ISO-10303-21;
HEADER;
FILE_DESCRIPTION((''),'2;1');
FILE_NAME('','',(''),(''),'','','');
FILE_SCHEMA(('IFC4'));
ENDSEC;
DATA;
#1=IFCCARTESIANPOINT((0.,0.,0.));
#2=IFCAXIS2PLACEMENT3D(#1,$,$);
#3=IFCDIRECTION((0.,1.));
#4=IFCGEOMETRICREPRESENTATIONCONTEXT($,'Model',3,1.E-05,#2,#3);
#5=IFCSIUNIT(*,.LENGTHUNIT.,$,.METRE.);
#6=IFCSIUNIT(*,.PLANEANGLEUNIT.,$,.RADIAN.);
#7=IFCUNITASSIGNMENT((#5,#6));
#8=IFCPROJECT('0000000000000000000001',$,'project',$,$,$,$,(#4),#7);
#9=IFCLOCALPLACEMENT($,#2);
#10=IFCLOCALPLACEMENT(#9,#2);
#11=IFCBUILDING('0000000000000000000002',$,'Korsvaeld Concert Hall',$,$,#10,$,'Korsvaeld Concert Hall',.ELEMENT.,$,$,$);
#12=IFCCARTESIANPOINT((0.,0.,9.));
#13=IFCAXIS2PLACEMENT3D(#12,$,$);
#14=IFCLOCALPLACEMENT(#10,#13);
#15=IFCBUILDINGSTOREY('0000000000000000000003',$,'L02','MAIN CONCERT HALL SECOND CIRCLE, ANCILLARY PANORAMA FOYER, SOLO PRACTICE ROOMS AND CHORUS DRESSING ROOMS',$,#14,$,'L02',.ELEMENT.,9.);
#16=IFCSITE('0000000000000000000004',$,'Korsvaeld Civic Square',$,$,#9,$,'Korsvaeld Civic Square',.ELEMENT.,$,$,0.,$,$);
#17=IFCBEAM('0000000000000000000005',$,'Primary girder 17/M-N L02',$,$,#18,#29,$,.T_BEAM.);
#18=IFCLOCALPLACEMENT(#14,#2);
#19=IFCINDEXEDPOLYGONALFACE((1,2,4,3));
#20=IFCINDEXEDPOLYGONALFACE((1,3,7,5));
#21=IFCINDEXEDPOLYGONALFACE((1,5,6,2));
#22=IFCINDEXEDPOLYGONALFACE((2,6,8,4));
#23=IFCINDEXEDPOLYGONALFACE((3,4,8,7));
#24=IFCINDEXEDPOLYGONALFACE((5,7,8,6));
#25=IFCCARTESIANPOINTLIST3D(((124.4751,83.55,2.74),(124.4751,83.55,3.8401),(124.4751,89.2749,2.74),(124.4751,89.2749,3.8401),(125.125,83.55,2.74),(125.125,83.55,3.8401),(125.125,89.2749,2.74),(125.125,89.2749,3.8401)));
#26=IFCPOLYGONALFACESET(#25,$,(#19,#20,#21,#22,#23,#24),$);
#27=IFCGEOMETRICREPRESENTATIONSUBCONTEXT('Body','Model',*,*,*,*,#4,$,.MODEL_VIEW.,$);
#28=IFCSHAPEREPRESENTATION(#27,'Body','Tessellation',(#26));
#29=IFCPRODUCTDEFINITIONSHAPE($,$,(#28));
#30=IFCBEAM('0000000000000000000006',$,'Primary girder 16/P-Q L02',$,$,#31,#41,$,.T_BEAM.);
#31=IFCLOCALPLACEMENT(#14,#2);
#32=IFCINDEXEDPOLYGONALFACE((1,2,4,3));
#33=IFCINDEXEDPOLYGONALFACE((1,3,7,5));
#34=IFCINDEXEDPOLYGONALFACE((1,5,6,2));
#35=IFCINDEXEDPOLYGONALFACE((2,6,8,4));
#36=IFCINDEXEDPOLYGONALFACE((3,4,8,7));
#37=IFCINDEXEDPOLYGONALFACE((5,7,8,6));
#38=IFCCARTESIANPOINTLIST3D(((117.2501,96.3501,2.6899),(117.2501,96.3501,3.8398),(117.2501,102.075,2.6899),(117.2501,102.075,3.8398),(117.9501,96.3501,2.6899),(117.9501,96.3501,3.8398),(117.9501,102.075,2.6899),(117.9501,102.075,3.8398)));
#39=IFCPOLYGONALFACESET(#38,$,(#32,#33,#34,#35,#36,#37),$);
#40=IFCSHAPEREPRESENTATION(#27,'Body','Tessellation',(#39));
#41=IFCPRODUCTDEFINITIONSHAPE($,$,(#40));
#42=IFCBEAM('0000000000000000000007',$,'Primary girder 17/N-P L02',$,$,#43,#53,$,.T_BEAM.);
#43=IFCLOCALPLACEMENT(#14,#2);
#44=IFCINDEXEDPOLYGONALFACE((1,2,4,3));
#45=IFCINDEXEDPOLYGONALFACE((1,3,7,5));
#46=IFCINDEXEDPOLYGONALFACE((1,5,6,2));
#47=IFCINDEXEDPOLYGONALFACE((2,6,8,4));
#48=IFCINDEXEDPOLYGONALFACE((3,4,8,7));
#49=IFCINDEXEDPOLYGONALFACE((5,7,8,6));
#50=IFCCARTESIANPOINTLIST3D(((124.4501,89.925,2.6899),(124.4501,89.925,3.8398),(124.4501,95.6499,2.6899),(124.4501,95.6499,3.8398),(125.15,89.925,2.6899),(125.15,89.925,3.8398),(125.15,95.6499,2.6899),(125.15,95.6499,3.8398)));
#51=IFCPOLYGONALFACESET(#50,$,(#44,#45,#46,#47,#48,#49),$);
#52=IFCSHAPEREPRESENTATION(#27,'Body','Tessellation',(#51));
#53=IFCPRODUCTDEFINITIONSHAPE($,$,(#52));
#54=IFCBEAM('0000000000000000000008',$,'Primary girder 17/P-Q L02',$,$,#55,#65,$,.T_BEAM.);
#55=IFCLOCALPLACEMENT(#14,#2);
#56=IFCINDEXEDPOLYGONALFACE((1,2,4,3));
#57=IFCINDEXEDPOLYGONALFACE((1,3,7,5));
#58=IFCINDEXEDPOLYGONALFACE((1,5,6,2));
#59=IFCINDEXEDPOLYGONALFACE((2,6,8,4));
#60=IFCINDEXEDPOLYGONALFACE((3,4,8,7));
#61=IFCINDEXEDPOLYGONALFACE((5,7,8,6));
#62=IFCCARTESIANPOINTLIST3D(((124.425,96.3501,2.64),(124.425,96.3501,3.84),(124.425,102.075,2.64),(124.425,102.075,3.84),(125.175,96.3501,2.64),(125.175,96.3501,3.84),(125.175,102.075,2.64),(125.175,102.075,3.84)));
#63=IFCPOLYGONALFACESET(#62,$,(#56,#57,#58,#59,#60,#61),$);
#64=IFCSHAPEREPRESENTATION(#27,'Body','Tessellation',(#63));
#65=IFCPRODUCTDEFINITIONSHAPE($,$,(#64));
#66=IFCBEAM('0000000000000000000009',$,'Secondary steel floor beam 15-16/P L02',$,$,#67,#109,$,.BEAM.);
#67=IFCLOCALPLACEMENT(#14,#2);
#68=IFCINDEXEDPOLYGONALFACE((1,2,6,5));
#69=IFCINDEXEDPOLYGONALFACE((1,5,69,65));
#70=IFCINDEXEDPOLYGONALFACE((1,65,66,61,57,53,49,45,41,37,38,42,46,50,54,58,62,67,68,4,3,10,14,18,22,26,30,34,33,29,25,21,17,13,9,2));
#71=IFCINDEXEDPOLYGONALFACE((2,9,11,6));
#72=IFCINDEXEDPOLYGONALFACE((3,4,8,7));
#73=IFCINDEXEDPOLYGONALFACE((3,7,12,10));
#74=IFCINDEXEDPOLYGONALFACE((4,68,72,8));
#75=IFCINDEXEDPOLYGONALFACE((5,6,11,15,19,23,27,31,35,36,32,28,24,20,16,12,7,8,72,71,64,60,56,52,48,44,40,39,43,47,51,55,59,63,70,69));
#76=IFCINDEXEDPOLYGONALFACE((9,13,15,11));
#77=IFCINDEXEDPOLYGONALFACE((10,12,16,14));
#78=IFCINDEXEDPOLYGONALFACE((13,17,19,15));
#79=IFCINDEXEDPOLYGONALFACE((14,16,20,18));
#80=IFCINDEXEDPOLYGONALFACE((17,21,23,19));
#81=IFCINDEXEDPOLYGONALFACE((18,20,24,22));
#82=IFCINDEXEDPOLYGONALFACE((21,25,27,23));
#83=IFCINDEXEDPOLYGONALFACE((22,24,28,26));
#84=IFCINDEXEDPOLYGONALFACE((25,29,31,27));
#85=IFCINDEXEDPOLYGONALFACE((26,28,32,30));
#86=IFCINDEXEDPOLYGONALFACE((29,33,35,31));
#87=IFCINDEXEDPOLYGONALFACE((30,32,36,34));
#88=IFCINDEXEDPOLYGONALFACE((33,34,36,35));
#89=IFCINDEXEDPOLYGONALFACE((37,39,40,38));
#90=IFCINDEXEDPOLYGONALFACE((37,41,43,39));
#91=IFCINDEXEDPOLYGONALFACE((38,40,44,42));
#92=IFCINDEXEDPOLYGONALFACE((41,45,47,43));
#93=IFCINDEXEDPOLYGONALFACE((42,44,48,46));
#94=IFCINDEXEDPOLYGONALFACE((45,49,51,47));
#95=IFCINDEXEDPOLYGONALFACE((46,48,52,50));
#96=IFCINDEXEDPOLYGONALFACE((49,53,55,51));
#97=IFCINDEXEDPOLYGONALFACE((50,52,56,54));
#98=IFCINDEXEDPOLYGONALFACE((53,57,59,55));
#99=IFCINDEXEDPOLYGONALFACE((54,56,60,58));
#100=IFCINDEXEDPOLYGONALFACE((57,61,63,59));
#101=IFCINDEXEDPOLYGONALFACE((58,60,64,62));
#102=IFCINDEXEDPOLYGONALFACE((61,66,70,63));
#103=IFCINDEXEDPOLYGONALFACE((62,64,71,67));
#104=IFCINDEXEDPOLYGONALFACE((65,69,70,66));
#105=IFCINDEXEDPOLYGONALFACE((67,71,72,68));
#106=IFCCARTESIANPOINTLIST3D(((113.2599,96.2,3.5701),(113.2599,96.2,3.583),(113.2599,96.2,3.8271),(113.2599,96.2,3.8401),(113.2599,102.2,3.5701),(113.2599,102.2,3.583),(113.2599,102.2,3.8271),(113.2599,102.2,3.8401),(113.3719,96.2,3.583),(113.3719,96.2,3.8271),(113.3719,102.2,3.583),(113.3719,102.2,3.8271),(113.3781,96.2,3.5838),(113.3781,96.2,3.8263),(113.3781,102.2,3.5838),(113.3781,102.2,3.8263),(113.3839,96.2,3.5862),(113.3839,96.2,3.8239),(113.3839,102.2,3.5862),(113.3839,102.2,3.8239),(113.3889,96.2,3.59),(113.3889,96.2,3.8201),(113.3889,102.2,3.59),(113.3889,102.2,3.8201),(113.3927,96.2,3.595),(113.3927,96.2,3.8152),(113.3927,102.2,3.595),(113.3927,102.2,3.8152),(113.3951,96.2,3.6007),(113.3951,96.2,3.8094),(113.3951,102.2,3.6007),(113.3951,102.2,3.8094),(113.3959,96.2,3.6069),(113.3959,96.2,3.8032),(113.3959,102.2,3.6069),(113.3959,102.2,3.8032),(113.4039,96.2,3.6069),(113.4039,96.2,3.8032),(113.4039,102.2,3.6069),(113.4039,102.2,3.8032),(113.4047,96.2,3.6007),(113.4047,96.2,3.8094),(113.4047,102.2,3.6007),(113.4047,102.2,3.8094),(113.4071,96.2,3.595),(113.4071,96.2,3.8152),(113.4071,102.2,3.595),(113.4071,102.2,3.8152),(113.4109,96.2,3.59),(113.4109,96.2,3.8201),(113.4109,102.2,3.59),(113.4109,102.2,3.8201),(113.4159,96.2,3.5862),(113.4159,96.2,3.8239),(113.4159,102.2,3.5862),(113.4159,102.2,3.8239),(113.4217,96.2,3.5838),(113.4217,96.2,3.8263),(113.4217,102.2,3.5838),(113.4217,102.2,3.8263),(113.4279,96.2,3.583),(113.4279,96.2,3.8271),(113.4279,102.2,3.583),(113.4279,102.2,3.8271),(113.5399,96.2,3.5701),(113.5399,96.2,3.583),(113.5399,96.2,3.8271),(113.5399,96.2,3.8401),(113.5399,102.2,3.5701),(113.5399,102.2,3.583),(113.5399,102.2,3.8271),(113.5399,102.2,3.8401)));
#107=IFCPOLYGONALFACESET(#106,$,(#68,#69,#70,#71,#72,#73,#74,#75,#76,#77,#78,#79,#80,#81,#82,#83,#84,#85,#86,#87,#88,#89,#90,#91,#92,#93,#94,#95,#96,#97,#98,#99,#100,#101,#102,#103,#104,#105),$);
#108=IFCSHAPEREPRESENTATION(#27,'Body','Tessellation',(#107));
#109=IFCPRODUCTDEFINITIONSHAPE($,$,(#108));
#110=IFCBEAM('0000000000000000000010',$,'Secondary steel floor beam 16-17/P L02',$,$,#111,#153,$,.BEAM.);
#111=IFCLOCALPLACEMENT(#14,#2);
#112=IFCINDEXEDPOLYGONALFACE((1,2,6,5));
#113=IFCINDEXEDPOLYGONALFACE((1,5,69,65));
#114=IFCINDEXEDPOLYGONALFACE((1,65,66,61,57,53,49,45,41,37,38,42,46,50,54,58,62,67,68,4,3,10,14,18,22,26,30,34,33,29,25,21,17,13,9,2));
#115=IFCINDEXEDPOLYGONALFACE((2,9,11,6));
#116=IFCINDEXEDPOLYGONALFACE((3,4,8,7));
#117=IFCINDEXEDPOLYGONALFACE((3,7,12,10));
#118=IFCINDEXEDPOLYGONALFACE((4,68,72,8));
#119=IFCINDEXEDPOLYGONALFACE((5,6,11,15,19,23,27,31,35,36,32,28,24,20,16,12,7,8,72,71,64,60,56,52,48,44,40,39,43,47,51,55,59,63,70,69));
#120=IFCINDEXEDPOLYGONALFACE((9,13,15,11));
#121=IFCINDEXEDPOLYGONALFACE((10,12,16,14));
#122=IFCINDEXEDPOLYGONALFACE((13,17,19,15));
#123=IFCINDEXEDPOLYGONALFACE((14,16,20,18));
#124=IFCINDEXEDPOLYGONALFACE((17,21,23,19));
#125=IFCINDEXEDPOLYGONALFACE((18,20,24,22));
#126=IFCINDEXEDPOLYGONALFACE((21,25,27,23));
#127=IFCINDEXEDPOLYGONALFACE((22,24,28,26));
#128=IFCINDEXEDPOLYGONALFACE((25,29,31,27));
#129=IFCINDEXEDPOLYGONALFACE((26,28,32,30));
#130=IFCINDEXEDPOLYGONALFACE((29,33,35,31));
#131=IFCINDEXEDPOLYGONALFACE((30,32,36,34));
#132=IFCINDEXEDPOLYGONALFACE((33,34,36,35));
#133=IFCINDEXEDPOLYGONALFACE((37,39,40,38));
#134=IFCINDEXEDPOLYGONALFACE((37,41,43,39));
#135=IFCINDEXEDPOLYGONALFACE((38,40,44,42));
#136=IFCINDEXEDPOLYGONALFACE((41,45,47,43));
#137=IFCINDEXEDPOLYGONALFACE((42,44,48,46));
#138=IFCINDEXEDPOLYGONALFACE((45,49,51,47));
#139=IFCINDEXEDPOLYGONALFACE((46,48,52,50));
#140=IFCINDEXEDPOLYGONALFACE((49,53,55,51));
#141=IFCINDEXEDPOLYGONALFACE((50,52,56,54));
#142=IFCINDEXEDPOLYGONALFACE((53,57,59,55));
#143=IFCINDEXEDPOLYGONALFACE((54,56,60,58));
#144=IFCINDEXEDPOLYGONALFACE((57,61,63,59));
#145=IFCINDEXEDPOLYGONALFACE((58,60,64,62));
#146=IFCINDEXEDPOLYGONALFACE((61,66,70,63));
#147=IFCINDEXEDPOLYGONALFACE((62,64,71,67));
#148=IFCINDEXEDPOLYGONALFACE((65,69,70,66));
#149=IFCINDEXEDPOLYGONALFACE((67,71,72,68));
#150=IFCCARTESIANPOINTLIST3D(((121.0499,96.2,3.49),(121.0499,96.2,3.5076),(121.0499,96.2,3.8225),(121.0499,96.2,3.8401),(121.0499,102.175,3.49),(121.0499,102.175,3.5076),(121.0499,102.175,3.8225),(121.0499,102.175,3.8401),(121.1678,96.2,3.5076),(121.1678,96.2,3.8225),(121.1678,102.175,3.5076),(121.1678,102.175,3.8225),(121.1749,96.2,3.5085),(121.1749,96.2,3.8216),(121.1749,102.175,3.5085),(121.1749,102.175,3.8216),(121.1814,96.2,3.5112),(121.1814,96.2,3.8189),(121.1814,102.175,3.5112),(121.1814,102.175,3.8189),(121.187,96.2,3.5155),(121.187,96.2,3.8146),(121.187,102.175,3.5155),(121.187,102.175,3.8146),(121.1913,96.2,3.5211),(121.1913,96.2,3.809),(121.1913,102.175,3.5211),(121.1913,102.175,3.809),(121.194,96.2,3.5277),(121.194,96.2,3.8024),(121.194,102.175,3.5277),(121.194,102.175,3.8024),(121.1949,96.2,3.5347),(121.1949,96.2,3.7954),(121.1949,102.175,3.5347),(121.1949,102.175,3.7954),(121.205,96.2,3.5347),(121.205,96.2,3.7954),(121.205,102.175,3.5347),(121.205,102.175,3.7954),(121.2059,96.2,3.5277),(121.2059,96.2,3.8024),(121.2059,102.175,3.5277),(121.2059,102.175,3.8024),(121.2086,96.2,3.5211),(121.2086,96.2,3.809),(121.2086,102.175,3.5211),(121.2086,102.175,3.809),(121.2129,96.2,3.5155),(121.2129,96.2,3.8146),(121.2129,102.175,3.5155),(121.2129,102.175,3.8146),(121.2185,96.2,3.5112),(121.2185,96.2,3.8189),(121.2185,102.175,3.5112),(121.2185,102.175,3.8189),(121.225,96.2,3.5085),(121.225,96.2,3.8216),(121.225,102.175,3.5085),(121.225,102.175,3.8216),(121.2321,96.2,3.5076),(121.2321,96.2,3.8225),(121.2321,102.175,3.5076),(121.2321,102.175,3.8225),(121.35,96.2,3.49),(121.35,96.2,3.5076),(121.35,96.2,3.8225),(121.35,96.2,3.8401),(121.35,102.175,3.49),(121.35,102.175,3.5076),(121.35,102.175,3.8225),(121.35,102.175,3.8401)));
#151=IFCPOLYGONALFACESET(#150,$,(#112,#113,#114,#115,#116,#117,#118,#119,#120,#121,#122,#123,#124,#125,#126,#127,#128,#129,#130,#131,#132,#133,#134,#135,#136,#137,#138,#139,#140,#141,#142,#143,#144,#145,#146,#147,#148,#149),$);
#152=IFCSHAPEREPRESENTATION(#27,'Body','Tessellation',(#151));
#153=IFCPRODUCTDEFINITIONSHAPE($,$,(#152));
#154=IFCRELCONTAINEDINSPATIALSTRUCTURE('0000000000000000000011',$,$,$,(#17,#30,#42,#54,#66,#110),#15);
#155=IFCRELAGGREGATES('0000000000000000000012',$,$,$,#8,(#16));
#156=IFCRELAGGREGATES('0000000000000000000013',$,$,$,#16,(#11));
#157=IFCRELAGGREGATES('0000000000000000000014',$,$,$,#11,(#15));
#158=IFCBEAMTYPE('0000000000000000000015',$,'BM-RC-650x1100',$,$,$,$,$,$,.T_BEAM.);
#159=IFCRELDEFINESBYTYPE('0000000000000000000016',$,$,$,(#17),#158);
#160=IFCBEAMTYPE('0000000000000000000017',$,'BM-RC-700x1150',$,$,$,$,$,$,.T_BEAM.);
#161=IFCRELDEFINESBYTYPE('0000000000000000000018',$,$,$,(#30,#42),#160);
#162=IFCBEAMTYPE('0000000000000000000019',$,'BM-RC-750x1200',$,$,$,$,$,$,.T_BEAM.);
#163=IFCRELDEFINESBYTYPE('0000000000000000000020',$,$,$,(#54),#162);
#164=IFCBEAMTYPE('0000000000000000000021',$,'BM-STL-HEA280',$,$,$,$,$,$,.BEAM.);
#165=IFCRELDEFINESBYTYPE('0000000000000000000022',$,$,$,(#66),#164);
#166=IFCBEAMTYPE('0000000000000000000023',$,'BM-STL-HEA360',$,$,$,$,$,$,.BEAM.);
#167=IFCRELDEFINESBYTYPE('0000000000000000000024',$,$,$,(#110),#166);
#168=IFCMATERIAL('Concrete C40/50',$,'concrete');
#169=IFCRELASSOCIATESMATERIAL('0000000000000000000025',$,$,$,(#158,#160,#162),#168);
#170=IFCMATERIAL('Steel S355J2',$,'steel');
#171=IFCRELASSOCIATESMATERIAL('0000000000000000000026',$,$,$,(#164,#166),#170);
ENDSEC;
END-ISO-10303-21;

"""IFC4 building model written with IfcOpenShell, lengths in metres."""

from ifc_helpers import new_model, si_unit, direction, frame, origin, origin_2d, place, context, subcontext, project, spatial, rectangle, i_section, extrude, material, material_profile, profile_set, type_object, element, save


model = new_model("IFC4")

# Units and contexts
model_context = context("Model", 3, precision=1e-05, world=origin(), true_north=direction((0.0, 1.0)))
body_context = subcontext(model_context, "Body", "Model", "MODEL_VIEW")
ifc_project = project(units=[si_unit("LENGTHUNIT", "METRE"), si_unit("PLANEANGLEUNIT", "RADIAN")], contexts=[model_context])

# Site, building, storey
site_placement = place(None, origin())
site = spatial("IfcSite", under=ifc_project, at=site_placement, Name="Korsvaeld Civic Square", LongName="Korsvaeld Civic Square", CompositionType="ELEMENT", RefElevation=0.0)
building_placement = place(site_placement, origin())
building = spatial("IfcBuilding", under=site, at=building_placement, Name="Korsvaeld Concert Hall", LongName="Korsvaeld Concert Hall", CompositionType="ELEMENT")
storey_placement = place(building_placement, frame((0.0, 0.0, 9.0)))
storey = spatial("IfcBuildingStorey", under=building, at=storey_placement, Name="L02", Description="MAIN CONCERT HALL SECOND CIRCLE, ANCILLARY PANORAMA FOYER, SOLO PRACTICE ROOMS AND CHORUS DRESSING ROOMS", LongName="L02", CompositionType="ELEMENT", Elevation=9.0)

# Shared definitions
ifc_material_1 = material(Name="Concrete C40/50", Category="concrete")

# Beams
ifc_material_profile_1 = material_profile(ifc_material_1, rectangle(XDim=0.6499, YDim=1.1001, at=origin_2d()), Name="RC 650x1100")
ifc_profile_set_1 = profile_set([ifc_material_profile_1], Name="Concrete C40/50")
beam_type_1 = type_object("IfcBeamType", Name="BM-RC-650x1100", PredefinedType="T_BEAM", material=ifc_profile_set_1)
beam_1_placement = place(storey_placement, frame((124.8, 83.55, 3.29), z_axis=(0.0, 1.0, 0.0), x_axis=(-1.0, 0.0, 0.0)))
element("IfcBeam", 1, at=beam_1_placement, inside=storey, type_object=beam_type_1, Name="Primary girder 17/M-N L02", PredefinedType="T_BEAM", context=body_context, shape_type="SweptSolid", body=[
    extrude(rectangle(XDim=0.6499, YDim=1.1001, at=origin_2d()), origin(), (0.0, 0.0, 1.0), 5.7249),
])
ifc_material_profile_2 = material_profile(ifc_material_1, rectangle(XDim=0.7, YDim=1.1499, at=origin_2d()), Name="RC 700x1150")
ifc_profile_set_2 = profile_set([ifc_material_profile_2], Name="Concrete C40/50")
beam_type_2 = type_object("IfcBeamType", Name="BM-RC-700x1150", PredefinedType="T_BEAM", material=ifc_profile_set_2)
for number, where, z_axis, x_axis, name in (
    (2, (117.6001, 96.3501, 3.2649), (0.0, 1.0, 0.0), (-1.0, 0.0, 0.0), "Primary girder 16/P-Q L02"),
    (3, (124.8, 89.925, 3.2649), (0.0, 1.0, 0.0), (-1.0, 0.0, 0.0), "Primary girder 17/N-P L02"),
):
    element("IfcBeam", number, at=place(storey_placement, frame(where, z_axis=z_axis, x_axis=x_axis)), inside=storey, type_object=beam_type_2, Name=name, PredefinedType="T_BEAM", context=body_context, shape_type="SweptSolid", body=[
        extrude(rectangle(XDim=0.7, YDim=1.1499, at=origin_2d()), origin(), (0.0, 0.0, 1.0), 5.7249),
    ])
ifc_material_profile_3 = material_profile(ifc_material_1, rectangle(XDim=0.75, YDim=1.2, at=origin_2d()), Name="RC 750x1200")
ifc_profile_set_3 = profile_set([ifc_material_profile_3], Name="Concrete C40/50")
beam_type_3 = type_object("IfcBeamType", Name="BM-RC-750x1200", PredefinedType="T_BEAM", material=ifc_profile_set_3)
beam_2_placement = place(storey_placement, frame((124.8, 96.3501, 3.24), z_axis=(0.0, 1.0, 0.0), x_axis=(-1.0, 0.0, 0.0)))
element("IfcBeam", 4, at=beam_2_placement, inside=storey, type_object=beam_type_3, Name="Primary girder 17/P-Q L02", PredefinedType="T_BEAM", context=body_context, shape_type="SweptSolid", body=[
    extrude(rectangle(XDim=0.75, YDim=1.2, at=origin_2d()), origin(), (0.0, 0.0, 1.0), 5.7249),
])
ifc_material_2 = material(Name="Steel S355J2", Category="steel")
ifc_material_profile_4 = material_profile(ifc_material_2, i_section(OverallWidth=0.28, OverallDepth=0.27, WebThickness=0.0081, FlangeThickness=0.0129, FilletRadius=0.0239, at=origin_2d()), Name="HEA 280")
ifc_profile_set_4 = profile_set([ifc_material_profile_4], Name="Steel S355J2")
beam_type_4 = type_object("IfcBeamType", Name="BM-STL-HEA280", PredefinedType="BEAM", material=ifc_profile_set_4)
beam_3_placement = place(storey_placement, frame((113.3999, 96.2, 3.7051), z_axis=(0.0, 1.0, 0.0), x_axis=(-1.0, 0.0, 0.0)))
element("IfcBeam", 5, at=beam_3_placement, inside=storey, type_object=beam_type_4, Name="Secondary steel floor beam 15-16/P L02", PredefinedType="BEAM", context=body_context, shape_type="SweptSolid", body=[
    extrude(i_section(OverallWidth=0.28, OverallDepth=0.27, WebThickness=0.0081, FlangeThickness=0.0129, FilletRadius=0.0239, at=origin_2d()), origin(), (0.0, 0.0, 1.0), 6.0),
])
ifc_material_profile_5 = material_profile(ifc_material_2, i_section(OverallWidth=0.3, OverallDepth=0.3501, WebThickness=0.01, FlangeThickness=0.0176, FilletRadius=0.0271, at=origin_2d()), Name="HEA 360")
ifc_profile_set_5 = profile_set([ifc_material_profile_5], Name="Steel S355J2")
beam_type_5 = type_object("IfcBeamType", Name="BM-STL-HEA360", PredefinedType="BEAM", material=ifc_profile_set_5)
beam_4_placement = place(storey_placement, frame((121.2, 96.2, 3.665), z_axis=(0.0, 1.0, 0.0), x_axis=(-1.0, 0.0, 0.0)))
element("IfcBeam", 6, at=beam_4_placement, inside=storey, type_object=beam_type_5, Name="Secondary steel floor beam 16-17/P L02", PredefinedType="BEAM", context=body_context, shape_type="SweptSolid", body=[
    extrude(i_section(OverallWidth=0.3, OverallDepth=0.3501, WebThickness=0.01, FlangeThickness=0.0176, FilletRadius=0.0271, at=origin_2d()), origin(), (0.0, 0.0, 1.0), 5.9751),
])

save(model, "model.ifc")
